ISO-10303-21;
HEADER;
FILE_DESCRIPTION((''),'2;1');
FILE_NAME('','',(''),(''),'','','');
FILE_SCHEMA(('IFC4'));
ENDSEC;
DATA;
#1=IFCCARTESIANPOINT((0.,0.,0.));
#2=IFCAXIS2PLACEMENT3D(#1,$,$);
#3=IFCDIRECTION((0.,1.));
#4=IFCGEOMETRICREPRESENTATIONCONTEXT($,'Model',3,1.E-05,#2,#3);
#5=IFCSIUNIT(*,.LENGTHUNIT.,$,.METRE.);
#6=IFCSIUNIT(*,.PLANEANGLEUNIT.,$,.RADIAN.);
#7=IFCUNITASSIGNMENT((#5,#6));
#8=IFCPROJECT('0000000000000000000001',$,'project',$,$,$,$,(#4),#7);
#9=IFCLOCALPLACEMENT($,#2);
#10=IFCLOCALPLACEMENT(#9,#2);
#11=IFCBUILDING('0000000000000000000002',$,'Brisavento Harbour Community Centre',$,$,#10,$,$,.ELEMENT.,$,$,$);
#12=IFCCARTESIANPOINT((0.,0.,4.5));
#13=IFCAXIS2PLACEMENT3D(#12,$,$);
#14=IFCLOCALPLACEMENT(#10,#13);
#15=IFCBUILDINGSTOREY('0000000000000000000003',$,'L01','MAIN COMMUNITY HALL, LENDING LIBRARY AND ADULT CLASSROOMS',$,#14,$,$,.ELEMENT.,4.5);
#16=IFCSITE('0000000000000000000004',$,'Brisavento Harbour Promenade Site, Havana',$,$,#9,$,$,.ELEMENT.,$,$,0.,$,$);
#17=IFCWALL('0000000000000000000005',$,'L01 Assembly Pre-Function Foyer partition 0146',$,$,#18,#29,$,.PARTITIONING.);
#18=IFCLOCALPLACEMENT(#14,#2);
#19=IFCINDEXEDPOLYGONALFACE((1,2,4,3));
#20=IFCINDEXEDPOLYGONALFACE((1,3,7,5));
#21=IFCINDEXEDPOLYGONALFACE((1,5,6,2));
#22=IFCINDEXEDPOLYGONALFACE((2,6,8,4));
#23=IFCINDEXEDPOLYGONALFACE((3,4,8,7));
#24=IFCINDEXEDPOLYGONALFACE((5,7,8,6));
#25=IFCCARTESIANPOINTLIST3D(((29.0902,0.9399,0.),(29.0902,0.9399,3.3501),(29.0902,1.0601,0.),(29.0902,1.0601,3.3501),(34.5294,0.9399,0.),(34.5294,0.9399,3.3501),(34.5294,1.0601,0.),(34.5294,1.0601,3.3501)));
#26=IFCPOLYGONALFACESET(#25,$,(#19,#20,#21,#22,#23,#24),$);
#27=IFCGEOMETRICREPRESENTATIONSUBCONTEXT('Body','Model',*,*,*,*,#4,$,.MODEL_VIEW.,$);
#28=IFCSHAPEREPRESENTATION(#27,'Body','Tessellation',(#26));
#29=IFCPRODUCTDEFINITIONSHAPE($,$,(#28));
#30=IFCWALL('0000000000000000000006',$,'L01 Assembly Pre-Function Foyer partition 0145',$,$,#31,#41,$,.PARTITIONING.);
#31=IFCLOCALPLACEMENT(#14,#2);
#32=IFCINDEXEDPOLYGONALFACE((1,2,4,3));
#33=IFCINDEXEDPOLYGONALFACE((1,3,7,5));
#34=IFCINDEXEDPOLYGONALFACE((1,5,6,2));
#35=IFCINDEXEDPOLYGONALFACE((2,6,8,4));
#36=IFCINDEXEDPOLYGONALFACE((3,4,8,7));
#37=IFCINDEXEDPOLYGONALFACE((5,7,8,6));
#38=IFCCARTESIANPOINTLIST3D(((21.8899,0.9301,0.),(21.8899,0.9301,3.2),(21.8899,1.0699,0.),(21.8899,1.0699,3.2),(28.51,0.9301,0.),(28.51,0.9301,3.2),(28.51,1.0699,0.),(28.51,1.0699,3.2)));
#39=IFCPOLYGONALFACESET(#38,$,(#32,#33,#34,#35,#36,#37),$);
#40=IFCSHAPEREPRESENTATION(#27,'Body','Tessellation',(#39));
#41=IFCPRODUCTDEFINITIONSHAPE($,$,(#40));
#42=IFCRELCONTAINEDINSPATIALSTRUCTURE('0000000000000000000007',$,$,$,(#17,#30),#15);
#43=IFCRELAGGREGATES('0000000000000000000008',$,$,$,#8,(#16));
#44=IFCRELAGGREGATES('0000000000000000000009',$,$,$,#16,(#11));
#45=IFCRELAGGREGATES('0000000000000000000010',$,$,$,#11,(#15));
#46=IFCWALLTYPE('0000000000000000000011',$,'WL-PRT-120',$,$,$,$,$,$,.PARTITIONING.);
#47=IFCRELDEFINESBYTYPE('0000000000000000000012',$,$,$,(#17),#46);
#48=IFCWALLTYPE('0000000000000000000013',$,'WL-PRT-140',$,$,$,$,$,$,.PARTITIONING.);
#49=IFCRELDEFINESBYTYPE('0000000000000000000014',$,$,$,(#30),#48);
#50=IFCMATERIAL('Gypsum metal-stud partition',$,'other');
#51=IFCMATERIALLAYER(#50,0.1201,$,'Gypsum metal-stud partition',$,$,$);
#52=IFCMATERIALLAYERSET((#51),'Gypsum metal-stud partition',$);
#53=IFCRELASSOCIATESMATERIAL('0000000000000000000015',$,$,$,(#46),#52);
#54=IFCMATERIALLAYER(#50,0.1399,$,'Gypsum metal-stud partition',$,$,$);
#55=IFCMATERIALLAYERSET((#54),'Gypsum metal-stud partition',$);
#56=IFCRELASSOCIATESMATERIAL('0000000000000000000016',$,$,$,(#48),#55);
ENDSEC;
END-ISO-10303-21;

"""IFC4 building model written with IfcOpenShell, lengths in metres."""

from ifc_helpers import new_model, si_unit, direction, frame, frame_2d, origin, place, context, subcontext, project, spatial, rectangle, extrude, material, layer, layer_set, type_object, element, save


model = new_model("IFC4")

# Units and contexts
model_context = context("Model", 3, precision=1e-05, world=origin(), true_north=direction((0.0, 1.0)))
body_context = subcontext(model_context, "Body", "Model", "MODEL_VIEW")
ifc_project = project(units=[si_unit("LENGTHUNIT", "METRE"), si_unit("PLANEANGLEUNIT", "RADIAN")], contexts=[model_context])

# Site, building, storey
site_placement = place(None, origin())
site = spatial("IfcSite", under=ifc_project, at=site_placement, Name="Brisavento Harbour Promenade Site, Havana", CompositionType="ELEMENT", RefElevation=0.0)
building_placement = place(site_placement, origin())
building = spatial("IfcBuilding", under=site, at=building_placement, Name="Brisavento Harbour Community Centre", CompositionType="ELEMENT")
storey_placement = place(building_placement, frame((0.0, 0.0, 4.5)))
storey = spatial("IfcBuildingStorey", under=building, at=storey_placement, Name="L01", Description="MAIN COMMUNITY HALL, LENDING LIBRARY AND ADULT CLASSROOMS", CompositionType="ELEMENT", Elevation=4.5)

# Walls
ifc_material_1 = material(Name="Gypsum metal-stud partition", Category="other")
ifc_layer_1 = layer(ifc_material_1, 0.1201, Name="Gypsum metal-stud partition")
ifc_layer_set_1 = layer_set([ifc_layer_1], Name="Gypsum metal-stud partition")
wall_type_1 = type_object("IfcWallType", Name="WL-PRT-120", PredefinedType="PARTITIONING", material=ifc_layer_set_1)
wall_1_placement = place(storey_placement, frame((29.0901, 1.0, 0.0), z_axis=(0.0, 0.0, 1.0), x_axis=(1.0, 0.0, 0.0)))
element("IfcWall", 1, at=wall_1_placement, inside=storey, type_object=wall_type_1, Name="L01 Assembly Pre-Function Foyer partition 0146", PredefinedType="PARTITIONING", context=body_context, shape_type="SweptSolid", body=[
    extrude(rectangle(XDim=5.4392, YDim=0.1201, at=frame_2d((2.7197, 0.0))), origin(), (0.0, 0.0, 1.0), 3.3501),
])
ifc_layer_2 = layer(ifc_material_1, 0.1399, Name="Gypsum metal-stud partition")
ifc_layer_set_2 = layer_set([ifc_layer_2], Name="Gypsum metal-stud partition")
wall_type_2 = type_object("IfcWallType", Name="WL-PRT-140", PredefinedType="PARTITIONING", material=ifc_layer_set_2)
wall_2_placement = place(storey_placement, frame((21.8899, 1.0, 0.0), z_axis=(0.0, 0.0, 1.0), x_axis=(1.0, 0.0, 0.0)))
element("IfcWall", 2, at=wall_2_placement, inside=storey, type_object=wall_type_2, Name="L01 Assembly Pre-Function Foyer partition 0145", PredefinedType="PARTITIONING", context=body_context, shape_type="SweptSolid", body=[
    extrude(rectangle(XDim=6.6201, YDim=0.1399, at=frame_2d((3.3101, 0.0))), origin(), (0.0, 0.0, 1.0), 3.2),
])

save(model, "model.ifc")
